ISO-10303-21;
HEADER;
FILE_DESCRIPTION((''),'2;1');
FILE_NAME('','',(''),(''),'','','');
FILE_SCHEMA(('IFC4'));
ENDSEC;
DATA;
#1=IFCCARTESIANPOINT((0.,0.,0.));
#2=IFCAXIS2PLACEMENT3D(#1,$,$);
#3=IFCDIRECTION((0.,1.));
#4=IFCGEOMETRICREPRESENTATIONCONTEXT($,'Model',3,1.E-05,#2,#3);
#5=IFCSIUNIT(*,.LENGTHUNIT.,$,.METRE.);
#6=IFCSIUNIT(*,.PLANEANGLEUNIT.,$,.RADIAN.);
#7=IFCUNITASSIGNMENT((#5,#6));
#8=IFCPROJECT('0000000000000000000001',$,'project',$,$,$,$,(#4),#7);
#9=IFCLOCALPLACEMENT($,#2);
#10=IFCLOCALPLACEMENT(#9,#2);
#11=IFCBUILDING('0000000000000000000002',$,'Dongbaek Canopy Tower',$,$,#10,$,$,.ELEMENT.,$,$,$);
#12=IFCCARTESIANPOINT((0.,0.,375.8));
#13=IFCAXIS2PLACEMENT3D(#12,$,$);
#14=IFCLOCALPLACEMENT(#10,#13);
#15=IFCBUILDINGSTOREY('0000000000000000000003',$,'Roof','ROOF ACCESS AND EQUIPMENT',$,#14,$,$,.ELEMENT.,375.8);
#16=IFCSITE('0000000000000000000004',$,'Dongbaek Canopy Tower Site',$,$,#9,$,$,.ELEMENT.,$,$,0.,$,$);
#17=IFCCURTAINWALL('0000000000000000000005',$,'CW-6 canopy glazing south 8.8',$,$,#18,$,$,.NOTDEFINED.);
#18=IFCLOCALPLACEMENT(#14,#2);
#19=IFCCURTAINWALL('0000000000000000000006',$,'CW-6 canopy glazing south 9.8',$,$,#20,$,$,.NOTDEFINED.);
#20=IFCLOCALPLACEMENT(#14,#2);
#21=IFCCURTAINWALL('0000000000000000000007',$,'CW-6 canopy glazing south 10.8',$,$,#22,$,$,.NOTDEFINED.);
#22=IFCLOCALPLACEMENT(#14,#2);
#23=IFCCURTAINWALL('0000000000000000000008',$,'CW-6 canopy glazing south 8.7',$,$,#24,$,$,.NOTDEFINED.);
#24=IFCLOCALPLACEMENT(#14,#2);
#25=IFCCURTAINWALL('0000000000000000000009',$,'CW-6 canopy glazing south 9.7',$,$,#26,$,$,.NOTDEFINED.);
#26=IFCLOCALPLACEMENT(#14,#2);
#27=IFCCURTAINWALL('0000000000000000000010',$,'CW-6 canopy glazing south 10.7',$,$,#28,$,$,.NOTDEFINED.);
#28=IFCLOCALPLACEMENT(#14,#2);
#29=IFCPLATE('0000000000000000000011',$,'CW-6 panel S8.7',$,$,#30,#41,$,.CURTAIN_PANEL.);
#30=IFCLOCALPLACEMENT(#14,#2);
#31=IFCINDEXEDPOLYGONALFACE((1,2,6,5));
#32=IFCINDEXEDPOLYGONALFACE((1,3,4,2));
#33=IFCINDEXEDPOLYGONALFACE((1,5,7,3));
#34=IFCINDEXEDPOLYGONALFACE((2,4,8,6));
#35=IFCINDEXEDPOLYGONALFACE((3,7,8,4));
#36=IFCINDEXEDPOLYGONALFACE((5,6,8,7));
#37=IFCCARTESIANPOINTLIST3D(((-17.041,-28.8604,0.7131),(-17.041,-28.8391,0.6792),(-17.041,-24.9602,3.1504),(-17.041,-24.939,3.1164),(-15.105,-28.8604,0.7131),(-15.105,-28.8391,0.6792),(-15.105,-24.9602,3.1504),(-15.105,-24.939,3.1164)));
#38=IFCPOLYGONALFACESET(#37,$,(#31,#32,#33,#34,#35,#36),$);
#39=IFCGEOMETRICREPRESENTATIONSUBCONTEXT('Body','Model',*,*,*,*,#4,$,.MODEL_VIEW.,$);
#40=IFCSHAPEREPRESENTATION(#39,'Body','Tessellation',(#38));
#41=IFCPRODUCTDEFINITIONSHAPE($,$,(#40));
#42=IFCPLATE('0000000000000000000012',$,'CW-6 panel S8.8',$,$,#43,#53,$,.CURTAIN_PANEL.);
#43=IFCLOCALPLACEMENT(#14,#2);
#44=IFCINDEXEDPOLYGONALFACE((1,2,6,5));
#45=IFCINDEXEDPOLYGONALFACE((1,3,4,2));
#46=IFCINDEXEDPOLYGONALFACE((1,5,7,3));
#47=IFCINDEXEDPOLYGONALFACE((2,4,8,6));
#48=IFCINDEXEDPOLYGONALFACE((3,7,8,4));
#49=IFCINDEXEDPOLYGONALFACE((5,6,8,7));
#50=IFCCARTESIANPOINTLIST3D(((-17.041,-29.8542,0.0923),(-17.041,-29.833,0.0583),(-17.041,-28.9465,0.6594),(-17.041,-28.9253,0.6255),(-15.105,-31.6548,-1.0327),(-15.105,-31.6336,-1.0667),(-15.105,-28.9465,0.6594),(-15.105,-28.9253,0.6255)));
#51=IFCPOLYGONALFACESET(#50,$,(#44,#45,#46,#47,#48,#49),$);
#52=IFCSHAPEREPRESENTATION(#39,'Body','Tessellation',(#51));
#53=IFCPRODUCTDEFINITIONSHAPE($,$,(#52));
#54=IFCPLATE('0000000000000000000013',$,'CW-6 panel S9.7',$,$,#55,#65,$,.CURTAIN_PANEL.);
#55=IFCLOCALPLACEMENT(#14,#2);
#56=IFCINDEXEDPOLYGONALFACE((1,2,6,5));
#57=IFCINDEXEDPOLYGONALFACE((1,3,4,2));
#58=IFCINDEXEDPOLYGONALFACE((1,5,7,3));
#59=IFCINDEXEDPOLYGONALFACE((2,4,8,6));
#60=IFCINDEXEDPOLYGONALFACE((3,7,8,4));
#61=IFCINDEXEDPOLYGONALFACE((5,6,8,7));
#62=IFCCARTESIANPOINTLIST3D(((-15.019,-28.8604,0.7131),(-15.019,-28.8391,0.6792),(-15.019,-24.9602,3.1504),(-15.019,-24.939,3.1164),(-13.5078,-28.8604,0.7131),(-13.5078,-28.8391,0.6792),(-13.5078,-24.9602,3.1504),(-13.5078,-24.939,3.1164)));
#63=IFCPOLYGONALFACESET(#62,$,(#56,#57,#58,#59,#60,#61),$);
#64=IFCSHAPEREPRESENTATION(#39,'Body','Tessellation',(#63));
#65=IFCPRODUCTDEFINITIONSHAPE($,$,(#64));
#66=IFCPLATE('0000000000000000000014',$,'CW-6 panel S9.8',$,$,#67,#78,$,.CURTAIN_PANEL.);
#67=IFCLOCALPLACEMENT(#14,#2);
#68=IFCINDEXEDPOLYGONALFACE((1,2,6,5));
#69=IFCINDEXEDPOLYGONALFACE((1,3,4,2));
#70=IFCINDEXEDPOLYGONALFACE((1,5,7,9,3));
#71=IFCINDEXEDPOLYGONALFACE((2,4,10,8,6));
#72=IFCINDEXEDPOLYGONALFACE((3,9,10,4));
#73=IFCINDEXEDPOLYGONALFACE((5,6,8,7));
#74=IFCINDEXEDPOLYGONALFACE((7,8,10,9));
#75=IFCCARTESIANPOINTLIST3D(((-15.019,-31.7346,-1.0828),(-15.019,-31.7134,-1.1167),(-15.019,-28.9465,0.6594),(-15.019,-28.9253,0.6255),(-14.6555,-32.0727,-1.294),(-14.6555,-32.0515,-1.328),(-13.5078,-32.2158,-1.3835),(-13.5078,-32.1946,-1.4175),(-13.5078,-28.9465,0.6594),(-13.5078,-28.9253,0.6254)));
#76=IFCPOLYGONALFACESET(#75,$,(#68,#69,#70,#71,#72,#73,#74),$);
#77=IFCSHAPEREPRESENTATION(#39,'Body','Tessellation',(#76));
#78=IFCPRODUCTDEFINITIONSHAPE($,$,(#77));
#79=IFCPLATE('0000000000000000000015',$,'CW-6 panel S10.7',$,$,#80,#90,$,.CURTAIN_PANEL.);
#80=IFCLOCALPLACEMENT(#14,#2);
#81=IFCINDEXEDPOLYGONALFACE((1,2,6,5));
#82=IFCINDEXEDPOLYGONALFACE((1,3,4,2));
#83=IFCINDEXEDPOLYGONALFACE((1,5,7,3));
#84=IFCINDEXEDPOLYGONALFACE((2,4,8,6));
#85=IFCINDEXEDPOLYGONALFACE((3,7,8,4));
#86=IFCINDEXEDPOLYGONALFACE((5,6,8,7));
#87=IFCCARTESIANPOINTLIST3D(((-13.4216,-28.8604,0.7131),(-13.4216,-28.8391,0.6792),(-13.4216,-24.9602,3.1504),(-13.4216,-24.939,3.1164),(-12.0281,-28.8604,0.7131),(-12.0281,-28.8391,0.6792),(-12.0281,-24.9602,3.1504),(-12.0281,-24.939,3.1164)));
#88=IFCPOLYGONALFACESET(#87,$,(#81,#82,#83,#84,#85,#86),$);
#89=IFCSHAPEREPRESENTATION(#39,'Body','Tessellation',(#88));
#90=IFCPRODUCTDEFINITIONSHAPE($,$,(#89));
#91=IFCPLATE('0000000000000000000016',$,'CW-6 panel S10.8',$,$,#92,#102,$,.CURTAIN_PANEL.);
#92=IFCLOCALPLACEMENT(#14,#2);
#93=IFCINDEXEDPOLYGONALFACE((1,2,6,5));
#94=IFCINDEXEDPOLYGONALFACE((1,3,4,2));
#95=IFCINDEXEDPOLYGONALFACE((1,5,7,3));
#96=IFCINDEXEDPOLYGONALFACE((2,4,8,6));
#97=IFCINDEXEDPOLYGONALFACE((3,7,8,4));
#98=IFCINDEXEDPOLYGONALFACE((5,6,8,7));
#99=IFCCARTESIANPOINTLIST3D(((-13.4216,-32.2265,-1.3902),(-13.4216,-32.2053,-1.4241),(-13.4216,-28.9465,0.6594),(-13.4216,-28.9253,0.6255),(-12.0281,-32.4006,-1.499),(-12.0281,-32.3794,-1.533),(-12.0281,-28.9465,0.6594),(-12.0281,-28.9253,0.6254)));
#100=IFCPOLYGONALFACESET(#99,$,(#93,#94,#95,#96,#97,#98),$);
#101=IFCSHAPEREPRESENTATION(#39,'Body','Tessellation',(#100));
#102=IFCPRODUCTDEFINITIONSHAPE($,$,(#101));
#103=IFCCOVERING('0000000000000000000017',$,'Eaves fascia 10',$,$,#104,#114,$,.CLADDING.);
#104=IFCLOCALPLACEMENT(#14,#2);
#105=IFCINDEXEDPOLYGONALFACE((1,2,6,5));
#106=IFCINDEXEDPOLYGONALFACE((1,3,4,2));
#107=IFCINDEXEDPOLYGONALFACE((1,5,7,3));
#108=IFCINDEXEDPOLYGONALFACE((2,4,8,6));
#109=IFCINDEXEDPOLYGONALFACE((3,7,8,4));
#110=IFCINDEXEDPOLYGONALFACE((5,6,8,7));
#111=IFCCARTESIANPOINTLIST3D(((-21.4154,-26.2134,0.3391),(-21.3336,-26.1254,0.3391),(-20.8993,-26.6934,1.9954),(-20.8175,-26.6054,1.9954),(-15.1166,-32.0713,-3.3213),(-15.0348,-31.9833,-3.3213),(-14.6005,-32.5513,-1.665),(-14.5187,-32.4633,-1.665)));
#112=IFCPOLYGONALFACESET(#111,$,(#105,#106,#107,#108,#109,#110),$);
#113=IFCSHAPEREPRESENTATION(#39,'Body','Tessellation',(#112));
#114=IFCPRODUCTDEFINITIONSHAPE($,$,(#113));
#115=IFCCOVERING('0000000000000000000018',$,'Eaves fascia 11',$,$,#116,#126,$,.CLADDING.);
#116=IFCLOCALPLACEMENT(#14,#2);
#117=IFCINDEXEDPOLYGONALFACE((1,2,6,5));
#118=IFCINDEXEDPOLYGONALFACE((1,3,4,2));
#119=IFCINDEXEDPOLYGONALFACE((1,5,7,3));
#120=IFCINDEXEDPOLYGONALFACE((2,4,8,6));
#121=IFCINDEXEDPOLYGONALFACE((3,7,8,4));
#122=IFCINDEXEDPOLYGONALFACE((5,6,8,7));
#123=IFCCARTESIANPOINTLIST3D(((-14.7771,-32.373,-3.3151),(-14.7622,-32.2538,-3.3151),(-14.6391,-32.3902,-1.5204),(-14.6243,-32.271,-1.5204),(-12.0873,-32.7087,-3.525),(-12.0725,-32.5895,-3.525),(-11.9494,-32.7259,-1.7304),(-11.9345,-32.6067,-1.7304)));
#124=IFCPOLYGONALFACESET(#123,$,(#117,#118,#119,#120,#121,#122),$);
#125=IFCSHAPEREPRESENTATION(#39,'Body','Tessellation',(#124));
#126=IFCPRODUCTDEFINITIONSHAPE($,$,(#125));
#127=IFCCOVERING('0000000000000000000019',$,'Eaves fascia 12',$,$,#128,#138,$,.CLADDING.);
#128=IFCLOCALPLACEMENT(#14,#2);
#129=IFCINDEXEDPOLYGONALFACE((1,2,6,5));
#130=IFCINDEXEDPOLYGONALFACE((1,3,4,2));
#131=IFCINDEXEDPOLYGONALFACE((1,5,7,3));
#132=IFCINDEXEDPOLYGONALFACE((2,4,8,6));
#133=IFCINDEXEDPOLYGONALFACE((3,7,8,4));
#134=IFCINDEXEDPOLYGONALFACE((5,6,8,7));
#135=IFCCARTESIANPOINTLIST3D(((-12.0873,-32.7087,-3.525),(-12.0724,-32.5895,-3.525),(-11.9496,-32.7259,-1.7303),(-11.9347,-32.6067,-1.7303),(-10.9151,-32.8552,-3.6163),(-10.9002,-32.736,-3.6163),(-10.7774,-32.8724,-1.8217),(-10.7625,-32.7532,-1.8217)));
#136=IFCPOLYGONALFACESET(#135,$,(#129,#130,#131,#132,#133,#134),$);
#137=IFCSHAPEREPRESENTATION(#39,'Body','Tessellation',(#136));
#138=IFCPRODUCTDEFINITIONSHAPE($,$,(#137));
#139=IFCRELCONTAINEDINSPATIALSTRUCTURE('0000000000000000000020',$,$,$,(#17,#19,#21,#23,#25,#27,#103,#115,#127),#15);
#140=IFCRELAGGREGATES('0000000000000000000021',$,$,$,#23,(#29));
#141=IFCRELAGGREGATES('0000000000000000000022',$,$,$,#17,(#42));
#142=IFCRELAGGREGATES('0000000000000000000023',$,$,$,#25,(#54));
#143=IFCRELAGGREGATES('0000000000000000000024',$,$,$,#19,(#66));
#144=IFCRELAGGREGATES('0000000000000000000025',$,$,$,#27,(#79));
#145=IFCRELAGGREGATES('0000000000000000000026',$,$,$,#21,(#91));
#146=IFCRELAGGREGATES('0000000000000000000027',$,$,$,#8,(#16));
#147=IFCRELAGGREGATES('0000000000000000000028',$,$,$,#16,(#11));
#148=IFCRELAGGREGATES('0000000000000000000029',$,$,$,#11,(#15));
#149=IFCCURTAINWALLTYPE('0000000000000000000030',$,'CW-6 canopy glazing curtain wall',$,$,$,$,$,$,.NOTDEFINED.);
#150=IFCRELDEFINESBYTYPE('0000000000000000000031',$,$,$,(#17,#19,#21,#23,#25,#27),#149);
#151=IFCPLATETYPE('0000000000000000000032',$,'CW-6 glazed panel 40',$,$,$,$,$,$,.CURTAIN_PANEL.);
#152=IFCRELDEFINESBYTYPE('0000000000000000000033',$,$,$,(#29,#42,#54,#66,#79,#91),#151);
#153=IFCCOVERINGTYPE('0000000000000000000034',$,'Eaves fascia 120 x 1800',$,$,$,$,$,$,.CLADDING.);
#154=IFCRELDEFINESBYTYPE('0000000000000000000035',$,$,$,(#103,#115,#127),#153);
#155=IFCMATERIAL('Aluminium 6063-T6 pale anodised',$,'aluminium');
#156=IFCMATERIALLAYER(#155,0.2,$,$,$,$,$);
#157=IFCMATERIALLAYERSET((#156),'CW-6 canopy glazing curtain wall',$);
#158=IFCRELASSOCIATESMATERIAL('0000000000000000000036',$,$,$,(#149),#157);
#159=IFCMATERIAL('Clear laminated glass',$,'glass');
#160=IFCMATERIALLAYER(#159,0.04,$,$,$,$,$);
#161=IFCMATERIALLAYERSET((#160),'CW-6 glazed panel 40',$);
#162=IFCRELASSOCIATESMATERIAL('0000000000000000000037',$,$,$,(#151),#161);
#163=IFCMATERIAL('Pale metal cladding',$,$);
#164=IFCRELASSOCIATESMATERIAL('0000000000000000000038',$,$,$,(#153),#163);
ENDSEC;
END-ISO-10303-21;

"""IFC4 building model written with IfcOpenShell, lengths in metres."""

from ifc_helpers import new_model, si_unit, direction, frame, origin, origin_2d, place, context, subcontext, project, spatial, polyline, rectangle, outline, extrude, material, layer, layer_set, material_profile, profile_set, type_object, element, aggregate, save


model = new_model("IFC4")

# Units and contexts
model_context = context("Model", 3, precision=1e-05, world=origin(), true_north=direction((0.0, 1.0)))
body_context = subcontext(model_context, "Body", "Model", "MODEL_VIEW")
ifc_project = project(units=[si_unit("LENGTHUNIT", "METRE"), si_unit("PLANEANGLEUNIT", "RADIAN")], contexts=[model_context])

# Site, building, storey
site_placement = place(None, origin())
site = spatial("IfcSite", under=ifc_project, at=site_placement, Name="Dongbaek Canopy Tower Site", CompositionType="ELEMENT", RefElevation=0.0)
building_placement = place(site_placement, origin())
building = spatial("IfcBuilding", under=site, at=building_placement, Name="Dongbaek Canopy Tower", CompositionType="ELEMENT")
storey_placement = place(building_placement, frame((0.0, 0.0, 375.8)))
storey = spatial("IfcBuildingStorey", under=building, at=storey_placement, Name="Roof", Description="ROOF ACCESS AND EQUIPMENT", CompositionType="ELEMENT", Elevation=375.8)

# Curtain walls
ifc_material_1 = material(Name="Aluminium 6063-T6 pale anodised", Category="aluminium")
ifc_layer_1 = layer(ifc_material_1, 0.2)
ifc_layer_set_1 = layer_set([ifc_layer_1], Name="CW-6 canopy glazing curtain wall")
curtain_wall_type = type_object("IfcCurtainWallType", Name="CW-6 canopy glazing curtain wall", PredefinedType="NOTDEFINED", material=ifc_layer_set_1)
curtain_wall_1_placement = place(storey_placement, origin())
curtain_wall_1 = element("IfcCurtainWall", 1, at=curtain_wall_1_placement, inside=storey, type_object=curtain_wall_type, Name="CW-6 canopy glazing south 8.8", PredefinedType="NOTDEFINED")
curtain_wall_2_placement = place(storey_placement, origin())
curtain_wall_2 = element("IfcCurtainWall", 2, at=curtain_wall_2_placement, inside=storey, type_object=curtain_wall_type, Name="CW-6 canopy glazing south 9.8", PredefinedType="NOTDEFINED")
curtain_wall_3_placement = place(storey_placement, origin())
curtain_wall_3 = element("IfcCurtainWall", 3, at=curtain_wall_3_placement, inside=storey, type_object=curtain_wall_type, Name="CW-6 canopy glazing south 10.8", PredefinedType="NOTDEFINED")
curtain_wall_4_placement = place(storey_placement, origin())
curtain_wall_4 = element("IfcCurtainWall", 4, at=curtain_wall_4_placement, inside=storey, type_object=curtain_wall_type, Name="CW-6 canopy glazing south 8.7", PredefinedType="NOTDEFINED")
curtain_wall_5_placement = place(storey_placement, origin())
curtain_wall_5 = element("IfcCurtainWall", 5, at=curtain_wall_5_placement, inside=storey, type_object=curtain_wall_type, Name="CW-6 canopy glazing south 9.7", PredefinedType="NOTDEFINED")
curtain_wall_6_placement = place(storey_placement, origin())
curtain_wall_6 = element("IfcCurtainWall", 6, at=curtain_wall_6_placement, inside=storey, type_object=curtain_wall_type, Name="CW-6 canopy glazing south 10.7", PredefinedType="NOTDEFINED")

# Shared definitions
ifc_material_2 = material(Name="Clear laminated glass", Category="glass")
ifc_layer_2 = layer(ifc_material_2, 0.04)
ifc_layer_set_2 = layer_set([ifc_layer_2], Name="CW-6 glazed panel 40")
plate_type = type_object("IfcPlateType", Name="CW-6 glazed panel 40", PredefinedType="CURTAIN_PANEL", material=ifc_layer_set_2)

# Plates
plate_1_placement = place(storey_placement, frame((-17.041, -24.9602, 3.1504), z_axis=(0.0, -0.529946, 0.848031), x_axis=(1.0, 0.0, 0.0)))
plate_1 = element("IfcPlate", 7, at=plate_1_placement, type_object=plate_type, Name="CW-6 panel S8.7", PredefinedType="CURTAIN_PANEL", context=body_context, shape_type="SweptSolid", body=[
    extrude(outline(polyline([(0.0, 0.0), (1.936, 0.0), (1.936, -4.5991), (0.0, -4.5991), (0.0, 0.0)])), origin(), (0.0, 0.0, -1.0), 0.04),
])
aggregate(curtain_wall_4, [plate_1])
plate_2_placement = place(storey_placement, frame((-17.041, -28.9465, 0.6594), z_axis=(0.000003, -0.529881, 0.848072), x_axis=(1.0, 0.000002, -0.000003)))
plate_2 = element("IfcPlate", 8, at=plate_2_placement, type_object=plate_type, Name="CW-6 panel S8.8", PredefinedType="CURTAIN_PANEL", context=body_context, shape_type="SweptSolid", body=[
    extrude(outline(polyline([(0.0, 0.0), (1.936, 0.0), (1.936, -3.1934), (0.0, -1.0703), (0.0, 0.0)])), origin(), (0.0, 0.0, -1.0), 0.04),
])
aggregate(curtain_wall_1, [plate_2])
plate_3_placement = place(storey_placement, frame((-15.019, -24.9602, 3.1504), z_axis=(0.0, -0.529946, 0.848031), x_axis=(1.0, 0.0, 0.0)))
plate_3 = element("IfcPlate", 9, at=plate_3_placement, type_object=plate_type, Name="CW-6 panel S9.7", PredefinedType="CURTAIN_PANEL", context=body_context, shape_type="SweptSolid", body=[
    extrude(outline(polyline([(0.0, 0.0), (1.5112, 0.0), (1.5112, -4.5991), (0.0, -4.5991), (0.0, 0.0)])), origin(), (0.0, 0.0, -1.0), 0.04),
])
aggregate(curtain_wall_5, [plate_3])
plate_4_placement = place(storey_placement, frame((-15.019, -31.7346, -1.0828), z_axis=(0.000031, -0.529915, 0.848051), x_axis=(0.0, 0.848051, 0.529915)))
plate_4 = element("IfcPlate", 10, at=plate_4_placement, type_object=plate_type, Name="CW-6 panel S9.8", PredefinedType="CURTAIN_PANEL", context=body_context, shape_type="SweptSolid", body=[
    extrude(outline(polyline([(0.0, 0.0), (3.2876, 0.0), (3.2876, -1.5112), (-0.5675, -1.5112), (-0.3987, -0.3635), (0.0, 0.0)])), origin(), (0.0, 0.0, -1.0), 0.04),
])
aggregate(curtain_wall_2, [plate_4])
plate_5_placement = place(storey_placement, frame((-13.4216, -24.9602, 3.1504), z_axis=(0.0, -0.529946, 0.848031), x_axis=(1.0, 0.0, 0.0)))
plate_5 = element("IfcPlate", 11, at=plate_5_placement, type_object=plate_type, Name="CW-6 panel S10.7", PredefinedType="CURTAIN_PANEL", context=body_context, shape_type="SweptSolid", body=[
    extrude(outline(polyline([(0.0, 0.0), (1.3936, 0.0), (1.3936, -4.5991), (0.0, -4.5991), (0.0, 0.0)])), origin(), (0.0, 0.0, -1.0), 0.04),
])
aggregate(curtain_wall_6, [plate_5])
plate_6_placement = place(storey_placement, frame((-13.4216, -28.9465, 0.6594), z_axis=(0.000034, -0.529924, 0.848045), x_axis=(1.0, 0.000018, -0.000029)))
plate_6 = element("IfcPlate", 12, at=plate_6_placement, type_object=plate_type, Name="CW-6 panel S10.8", PredefinedType="CURTAIN_PANEL", context=body_context, shape_type="SweptSolid", body=[
    extrude(outline(polyline([(0.0, 0.0), (1.3936, 0.0), (1.3936, -4.073), (0.0, -3.8677), (0.0, 0.0)])), origin(), (0.0, 0.0, -1.0), 0.04),
])
aggregate(curtain_wall_3, [plate_6])

# Coverings
ifc_material_3 = material(Name="Pale metal cladding")
ifc_material_profile_1 = material_profile(ifc_material_3, rectangle(XDim=0.1201, YDim=1.8, at=origin_2d()), Name="Eaves fascia 120 x 1800")
ifc_profile_set_1 = profile_set([ifc_material_profile_1], Name="Pale metal cladding")
covering_type = type_object("IfcCoveringType", Name="Eaves fascia 120 x 1800", PredefinedType="CLADDING", material=ifc_profile_set_1)
covering_1_placement = place(storey_placement, frame((-21.1165, -26.4094, 1.1672), z_axis=(0.673801, -0.626635, -0.391562), x_axis=(0.681013, 0.732272, 0.0)))
element("IfcCovering", 13, at=covering_1_placement, inside=storey, type_object=covering_type, Name="Eaves fascia 10", PredefinedType="CLADDING", context=body_context, shape_type="SweptSolid", body=[
    extrude(rectangle(XDim=0.1201, YDim=1.8, at=origin_2d()), origin(), (0.0, 0.0, 1.0), 9.3481),
])
covering_2_placement = place(storey_placement, frame((-14.7007, -32.322, -2.4177), z_axis=(0.989338, -0.123476, -0.077229), x_axis=(0.123846, 0.992301, 0.0)))
element("IfcCovering", 14, at=covering_2_placement, inside=storey, type_object=covering_type, Name="Eaves fascia 11", PredefinedType="CLADDING", context=body_context, shape_type="SweptSolid", body=[
    extrude(rectangle(XDim=0.1201, YDim=1.8, at=origin_2d()), origin(), (0.0, 0.0, 1.0), 2.7188),
])
covering_3_placement = place(storey_placement, frame((-12.011, -32.6577, -2.6277), z_axis=(0.98933, -0.12364, -0.077069), x_axis=(0.124009, 0.992281, 0.0)))
element("IfcCovering", 15, at=covering_3_placement, inside=storey, type_object=covering_type, Name="Eaves fascia 12", PredefinedType="CLADDING", context=body_context, shape_type="SweptSolid", body=[
    extrude(rectangle(XDim=0.1201, YDim=1.8, at=origin_2d()), origin(), (0.0, 0.0, 1.0), 1.1848),
])

save(model, "model.ifc")
